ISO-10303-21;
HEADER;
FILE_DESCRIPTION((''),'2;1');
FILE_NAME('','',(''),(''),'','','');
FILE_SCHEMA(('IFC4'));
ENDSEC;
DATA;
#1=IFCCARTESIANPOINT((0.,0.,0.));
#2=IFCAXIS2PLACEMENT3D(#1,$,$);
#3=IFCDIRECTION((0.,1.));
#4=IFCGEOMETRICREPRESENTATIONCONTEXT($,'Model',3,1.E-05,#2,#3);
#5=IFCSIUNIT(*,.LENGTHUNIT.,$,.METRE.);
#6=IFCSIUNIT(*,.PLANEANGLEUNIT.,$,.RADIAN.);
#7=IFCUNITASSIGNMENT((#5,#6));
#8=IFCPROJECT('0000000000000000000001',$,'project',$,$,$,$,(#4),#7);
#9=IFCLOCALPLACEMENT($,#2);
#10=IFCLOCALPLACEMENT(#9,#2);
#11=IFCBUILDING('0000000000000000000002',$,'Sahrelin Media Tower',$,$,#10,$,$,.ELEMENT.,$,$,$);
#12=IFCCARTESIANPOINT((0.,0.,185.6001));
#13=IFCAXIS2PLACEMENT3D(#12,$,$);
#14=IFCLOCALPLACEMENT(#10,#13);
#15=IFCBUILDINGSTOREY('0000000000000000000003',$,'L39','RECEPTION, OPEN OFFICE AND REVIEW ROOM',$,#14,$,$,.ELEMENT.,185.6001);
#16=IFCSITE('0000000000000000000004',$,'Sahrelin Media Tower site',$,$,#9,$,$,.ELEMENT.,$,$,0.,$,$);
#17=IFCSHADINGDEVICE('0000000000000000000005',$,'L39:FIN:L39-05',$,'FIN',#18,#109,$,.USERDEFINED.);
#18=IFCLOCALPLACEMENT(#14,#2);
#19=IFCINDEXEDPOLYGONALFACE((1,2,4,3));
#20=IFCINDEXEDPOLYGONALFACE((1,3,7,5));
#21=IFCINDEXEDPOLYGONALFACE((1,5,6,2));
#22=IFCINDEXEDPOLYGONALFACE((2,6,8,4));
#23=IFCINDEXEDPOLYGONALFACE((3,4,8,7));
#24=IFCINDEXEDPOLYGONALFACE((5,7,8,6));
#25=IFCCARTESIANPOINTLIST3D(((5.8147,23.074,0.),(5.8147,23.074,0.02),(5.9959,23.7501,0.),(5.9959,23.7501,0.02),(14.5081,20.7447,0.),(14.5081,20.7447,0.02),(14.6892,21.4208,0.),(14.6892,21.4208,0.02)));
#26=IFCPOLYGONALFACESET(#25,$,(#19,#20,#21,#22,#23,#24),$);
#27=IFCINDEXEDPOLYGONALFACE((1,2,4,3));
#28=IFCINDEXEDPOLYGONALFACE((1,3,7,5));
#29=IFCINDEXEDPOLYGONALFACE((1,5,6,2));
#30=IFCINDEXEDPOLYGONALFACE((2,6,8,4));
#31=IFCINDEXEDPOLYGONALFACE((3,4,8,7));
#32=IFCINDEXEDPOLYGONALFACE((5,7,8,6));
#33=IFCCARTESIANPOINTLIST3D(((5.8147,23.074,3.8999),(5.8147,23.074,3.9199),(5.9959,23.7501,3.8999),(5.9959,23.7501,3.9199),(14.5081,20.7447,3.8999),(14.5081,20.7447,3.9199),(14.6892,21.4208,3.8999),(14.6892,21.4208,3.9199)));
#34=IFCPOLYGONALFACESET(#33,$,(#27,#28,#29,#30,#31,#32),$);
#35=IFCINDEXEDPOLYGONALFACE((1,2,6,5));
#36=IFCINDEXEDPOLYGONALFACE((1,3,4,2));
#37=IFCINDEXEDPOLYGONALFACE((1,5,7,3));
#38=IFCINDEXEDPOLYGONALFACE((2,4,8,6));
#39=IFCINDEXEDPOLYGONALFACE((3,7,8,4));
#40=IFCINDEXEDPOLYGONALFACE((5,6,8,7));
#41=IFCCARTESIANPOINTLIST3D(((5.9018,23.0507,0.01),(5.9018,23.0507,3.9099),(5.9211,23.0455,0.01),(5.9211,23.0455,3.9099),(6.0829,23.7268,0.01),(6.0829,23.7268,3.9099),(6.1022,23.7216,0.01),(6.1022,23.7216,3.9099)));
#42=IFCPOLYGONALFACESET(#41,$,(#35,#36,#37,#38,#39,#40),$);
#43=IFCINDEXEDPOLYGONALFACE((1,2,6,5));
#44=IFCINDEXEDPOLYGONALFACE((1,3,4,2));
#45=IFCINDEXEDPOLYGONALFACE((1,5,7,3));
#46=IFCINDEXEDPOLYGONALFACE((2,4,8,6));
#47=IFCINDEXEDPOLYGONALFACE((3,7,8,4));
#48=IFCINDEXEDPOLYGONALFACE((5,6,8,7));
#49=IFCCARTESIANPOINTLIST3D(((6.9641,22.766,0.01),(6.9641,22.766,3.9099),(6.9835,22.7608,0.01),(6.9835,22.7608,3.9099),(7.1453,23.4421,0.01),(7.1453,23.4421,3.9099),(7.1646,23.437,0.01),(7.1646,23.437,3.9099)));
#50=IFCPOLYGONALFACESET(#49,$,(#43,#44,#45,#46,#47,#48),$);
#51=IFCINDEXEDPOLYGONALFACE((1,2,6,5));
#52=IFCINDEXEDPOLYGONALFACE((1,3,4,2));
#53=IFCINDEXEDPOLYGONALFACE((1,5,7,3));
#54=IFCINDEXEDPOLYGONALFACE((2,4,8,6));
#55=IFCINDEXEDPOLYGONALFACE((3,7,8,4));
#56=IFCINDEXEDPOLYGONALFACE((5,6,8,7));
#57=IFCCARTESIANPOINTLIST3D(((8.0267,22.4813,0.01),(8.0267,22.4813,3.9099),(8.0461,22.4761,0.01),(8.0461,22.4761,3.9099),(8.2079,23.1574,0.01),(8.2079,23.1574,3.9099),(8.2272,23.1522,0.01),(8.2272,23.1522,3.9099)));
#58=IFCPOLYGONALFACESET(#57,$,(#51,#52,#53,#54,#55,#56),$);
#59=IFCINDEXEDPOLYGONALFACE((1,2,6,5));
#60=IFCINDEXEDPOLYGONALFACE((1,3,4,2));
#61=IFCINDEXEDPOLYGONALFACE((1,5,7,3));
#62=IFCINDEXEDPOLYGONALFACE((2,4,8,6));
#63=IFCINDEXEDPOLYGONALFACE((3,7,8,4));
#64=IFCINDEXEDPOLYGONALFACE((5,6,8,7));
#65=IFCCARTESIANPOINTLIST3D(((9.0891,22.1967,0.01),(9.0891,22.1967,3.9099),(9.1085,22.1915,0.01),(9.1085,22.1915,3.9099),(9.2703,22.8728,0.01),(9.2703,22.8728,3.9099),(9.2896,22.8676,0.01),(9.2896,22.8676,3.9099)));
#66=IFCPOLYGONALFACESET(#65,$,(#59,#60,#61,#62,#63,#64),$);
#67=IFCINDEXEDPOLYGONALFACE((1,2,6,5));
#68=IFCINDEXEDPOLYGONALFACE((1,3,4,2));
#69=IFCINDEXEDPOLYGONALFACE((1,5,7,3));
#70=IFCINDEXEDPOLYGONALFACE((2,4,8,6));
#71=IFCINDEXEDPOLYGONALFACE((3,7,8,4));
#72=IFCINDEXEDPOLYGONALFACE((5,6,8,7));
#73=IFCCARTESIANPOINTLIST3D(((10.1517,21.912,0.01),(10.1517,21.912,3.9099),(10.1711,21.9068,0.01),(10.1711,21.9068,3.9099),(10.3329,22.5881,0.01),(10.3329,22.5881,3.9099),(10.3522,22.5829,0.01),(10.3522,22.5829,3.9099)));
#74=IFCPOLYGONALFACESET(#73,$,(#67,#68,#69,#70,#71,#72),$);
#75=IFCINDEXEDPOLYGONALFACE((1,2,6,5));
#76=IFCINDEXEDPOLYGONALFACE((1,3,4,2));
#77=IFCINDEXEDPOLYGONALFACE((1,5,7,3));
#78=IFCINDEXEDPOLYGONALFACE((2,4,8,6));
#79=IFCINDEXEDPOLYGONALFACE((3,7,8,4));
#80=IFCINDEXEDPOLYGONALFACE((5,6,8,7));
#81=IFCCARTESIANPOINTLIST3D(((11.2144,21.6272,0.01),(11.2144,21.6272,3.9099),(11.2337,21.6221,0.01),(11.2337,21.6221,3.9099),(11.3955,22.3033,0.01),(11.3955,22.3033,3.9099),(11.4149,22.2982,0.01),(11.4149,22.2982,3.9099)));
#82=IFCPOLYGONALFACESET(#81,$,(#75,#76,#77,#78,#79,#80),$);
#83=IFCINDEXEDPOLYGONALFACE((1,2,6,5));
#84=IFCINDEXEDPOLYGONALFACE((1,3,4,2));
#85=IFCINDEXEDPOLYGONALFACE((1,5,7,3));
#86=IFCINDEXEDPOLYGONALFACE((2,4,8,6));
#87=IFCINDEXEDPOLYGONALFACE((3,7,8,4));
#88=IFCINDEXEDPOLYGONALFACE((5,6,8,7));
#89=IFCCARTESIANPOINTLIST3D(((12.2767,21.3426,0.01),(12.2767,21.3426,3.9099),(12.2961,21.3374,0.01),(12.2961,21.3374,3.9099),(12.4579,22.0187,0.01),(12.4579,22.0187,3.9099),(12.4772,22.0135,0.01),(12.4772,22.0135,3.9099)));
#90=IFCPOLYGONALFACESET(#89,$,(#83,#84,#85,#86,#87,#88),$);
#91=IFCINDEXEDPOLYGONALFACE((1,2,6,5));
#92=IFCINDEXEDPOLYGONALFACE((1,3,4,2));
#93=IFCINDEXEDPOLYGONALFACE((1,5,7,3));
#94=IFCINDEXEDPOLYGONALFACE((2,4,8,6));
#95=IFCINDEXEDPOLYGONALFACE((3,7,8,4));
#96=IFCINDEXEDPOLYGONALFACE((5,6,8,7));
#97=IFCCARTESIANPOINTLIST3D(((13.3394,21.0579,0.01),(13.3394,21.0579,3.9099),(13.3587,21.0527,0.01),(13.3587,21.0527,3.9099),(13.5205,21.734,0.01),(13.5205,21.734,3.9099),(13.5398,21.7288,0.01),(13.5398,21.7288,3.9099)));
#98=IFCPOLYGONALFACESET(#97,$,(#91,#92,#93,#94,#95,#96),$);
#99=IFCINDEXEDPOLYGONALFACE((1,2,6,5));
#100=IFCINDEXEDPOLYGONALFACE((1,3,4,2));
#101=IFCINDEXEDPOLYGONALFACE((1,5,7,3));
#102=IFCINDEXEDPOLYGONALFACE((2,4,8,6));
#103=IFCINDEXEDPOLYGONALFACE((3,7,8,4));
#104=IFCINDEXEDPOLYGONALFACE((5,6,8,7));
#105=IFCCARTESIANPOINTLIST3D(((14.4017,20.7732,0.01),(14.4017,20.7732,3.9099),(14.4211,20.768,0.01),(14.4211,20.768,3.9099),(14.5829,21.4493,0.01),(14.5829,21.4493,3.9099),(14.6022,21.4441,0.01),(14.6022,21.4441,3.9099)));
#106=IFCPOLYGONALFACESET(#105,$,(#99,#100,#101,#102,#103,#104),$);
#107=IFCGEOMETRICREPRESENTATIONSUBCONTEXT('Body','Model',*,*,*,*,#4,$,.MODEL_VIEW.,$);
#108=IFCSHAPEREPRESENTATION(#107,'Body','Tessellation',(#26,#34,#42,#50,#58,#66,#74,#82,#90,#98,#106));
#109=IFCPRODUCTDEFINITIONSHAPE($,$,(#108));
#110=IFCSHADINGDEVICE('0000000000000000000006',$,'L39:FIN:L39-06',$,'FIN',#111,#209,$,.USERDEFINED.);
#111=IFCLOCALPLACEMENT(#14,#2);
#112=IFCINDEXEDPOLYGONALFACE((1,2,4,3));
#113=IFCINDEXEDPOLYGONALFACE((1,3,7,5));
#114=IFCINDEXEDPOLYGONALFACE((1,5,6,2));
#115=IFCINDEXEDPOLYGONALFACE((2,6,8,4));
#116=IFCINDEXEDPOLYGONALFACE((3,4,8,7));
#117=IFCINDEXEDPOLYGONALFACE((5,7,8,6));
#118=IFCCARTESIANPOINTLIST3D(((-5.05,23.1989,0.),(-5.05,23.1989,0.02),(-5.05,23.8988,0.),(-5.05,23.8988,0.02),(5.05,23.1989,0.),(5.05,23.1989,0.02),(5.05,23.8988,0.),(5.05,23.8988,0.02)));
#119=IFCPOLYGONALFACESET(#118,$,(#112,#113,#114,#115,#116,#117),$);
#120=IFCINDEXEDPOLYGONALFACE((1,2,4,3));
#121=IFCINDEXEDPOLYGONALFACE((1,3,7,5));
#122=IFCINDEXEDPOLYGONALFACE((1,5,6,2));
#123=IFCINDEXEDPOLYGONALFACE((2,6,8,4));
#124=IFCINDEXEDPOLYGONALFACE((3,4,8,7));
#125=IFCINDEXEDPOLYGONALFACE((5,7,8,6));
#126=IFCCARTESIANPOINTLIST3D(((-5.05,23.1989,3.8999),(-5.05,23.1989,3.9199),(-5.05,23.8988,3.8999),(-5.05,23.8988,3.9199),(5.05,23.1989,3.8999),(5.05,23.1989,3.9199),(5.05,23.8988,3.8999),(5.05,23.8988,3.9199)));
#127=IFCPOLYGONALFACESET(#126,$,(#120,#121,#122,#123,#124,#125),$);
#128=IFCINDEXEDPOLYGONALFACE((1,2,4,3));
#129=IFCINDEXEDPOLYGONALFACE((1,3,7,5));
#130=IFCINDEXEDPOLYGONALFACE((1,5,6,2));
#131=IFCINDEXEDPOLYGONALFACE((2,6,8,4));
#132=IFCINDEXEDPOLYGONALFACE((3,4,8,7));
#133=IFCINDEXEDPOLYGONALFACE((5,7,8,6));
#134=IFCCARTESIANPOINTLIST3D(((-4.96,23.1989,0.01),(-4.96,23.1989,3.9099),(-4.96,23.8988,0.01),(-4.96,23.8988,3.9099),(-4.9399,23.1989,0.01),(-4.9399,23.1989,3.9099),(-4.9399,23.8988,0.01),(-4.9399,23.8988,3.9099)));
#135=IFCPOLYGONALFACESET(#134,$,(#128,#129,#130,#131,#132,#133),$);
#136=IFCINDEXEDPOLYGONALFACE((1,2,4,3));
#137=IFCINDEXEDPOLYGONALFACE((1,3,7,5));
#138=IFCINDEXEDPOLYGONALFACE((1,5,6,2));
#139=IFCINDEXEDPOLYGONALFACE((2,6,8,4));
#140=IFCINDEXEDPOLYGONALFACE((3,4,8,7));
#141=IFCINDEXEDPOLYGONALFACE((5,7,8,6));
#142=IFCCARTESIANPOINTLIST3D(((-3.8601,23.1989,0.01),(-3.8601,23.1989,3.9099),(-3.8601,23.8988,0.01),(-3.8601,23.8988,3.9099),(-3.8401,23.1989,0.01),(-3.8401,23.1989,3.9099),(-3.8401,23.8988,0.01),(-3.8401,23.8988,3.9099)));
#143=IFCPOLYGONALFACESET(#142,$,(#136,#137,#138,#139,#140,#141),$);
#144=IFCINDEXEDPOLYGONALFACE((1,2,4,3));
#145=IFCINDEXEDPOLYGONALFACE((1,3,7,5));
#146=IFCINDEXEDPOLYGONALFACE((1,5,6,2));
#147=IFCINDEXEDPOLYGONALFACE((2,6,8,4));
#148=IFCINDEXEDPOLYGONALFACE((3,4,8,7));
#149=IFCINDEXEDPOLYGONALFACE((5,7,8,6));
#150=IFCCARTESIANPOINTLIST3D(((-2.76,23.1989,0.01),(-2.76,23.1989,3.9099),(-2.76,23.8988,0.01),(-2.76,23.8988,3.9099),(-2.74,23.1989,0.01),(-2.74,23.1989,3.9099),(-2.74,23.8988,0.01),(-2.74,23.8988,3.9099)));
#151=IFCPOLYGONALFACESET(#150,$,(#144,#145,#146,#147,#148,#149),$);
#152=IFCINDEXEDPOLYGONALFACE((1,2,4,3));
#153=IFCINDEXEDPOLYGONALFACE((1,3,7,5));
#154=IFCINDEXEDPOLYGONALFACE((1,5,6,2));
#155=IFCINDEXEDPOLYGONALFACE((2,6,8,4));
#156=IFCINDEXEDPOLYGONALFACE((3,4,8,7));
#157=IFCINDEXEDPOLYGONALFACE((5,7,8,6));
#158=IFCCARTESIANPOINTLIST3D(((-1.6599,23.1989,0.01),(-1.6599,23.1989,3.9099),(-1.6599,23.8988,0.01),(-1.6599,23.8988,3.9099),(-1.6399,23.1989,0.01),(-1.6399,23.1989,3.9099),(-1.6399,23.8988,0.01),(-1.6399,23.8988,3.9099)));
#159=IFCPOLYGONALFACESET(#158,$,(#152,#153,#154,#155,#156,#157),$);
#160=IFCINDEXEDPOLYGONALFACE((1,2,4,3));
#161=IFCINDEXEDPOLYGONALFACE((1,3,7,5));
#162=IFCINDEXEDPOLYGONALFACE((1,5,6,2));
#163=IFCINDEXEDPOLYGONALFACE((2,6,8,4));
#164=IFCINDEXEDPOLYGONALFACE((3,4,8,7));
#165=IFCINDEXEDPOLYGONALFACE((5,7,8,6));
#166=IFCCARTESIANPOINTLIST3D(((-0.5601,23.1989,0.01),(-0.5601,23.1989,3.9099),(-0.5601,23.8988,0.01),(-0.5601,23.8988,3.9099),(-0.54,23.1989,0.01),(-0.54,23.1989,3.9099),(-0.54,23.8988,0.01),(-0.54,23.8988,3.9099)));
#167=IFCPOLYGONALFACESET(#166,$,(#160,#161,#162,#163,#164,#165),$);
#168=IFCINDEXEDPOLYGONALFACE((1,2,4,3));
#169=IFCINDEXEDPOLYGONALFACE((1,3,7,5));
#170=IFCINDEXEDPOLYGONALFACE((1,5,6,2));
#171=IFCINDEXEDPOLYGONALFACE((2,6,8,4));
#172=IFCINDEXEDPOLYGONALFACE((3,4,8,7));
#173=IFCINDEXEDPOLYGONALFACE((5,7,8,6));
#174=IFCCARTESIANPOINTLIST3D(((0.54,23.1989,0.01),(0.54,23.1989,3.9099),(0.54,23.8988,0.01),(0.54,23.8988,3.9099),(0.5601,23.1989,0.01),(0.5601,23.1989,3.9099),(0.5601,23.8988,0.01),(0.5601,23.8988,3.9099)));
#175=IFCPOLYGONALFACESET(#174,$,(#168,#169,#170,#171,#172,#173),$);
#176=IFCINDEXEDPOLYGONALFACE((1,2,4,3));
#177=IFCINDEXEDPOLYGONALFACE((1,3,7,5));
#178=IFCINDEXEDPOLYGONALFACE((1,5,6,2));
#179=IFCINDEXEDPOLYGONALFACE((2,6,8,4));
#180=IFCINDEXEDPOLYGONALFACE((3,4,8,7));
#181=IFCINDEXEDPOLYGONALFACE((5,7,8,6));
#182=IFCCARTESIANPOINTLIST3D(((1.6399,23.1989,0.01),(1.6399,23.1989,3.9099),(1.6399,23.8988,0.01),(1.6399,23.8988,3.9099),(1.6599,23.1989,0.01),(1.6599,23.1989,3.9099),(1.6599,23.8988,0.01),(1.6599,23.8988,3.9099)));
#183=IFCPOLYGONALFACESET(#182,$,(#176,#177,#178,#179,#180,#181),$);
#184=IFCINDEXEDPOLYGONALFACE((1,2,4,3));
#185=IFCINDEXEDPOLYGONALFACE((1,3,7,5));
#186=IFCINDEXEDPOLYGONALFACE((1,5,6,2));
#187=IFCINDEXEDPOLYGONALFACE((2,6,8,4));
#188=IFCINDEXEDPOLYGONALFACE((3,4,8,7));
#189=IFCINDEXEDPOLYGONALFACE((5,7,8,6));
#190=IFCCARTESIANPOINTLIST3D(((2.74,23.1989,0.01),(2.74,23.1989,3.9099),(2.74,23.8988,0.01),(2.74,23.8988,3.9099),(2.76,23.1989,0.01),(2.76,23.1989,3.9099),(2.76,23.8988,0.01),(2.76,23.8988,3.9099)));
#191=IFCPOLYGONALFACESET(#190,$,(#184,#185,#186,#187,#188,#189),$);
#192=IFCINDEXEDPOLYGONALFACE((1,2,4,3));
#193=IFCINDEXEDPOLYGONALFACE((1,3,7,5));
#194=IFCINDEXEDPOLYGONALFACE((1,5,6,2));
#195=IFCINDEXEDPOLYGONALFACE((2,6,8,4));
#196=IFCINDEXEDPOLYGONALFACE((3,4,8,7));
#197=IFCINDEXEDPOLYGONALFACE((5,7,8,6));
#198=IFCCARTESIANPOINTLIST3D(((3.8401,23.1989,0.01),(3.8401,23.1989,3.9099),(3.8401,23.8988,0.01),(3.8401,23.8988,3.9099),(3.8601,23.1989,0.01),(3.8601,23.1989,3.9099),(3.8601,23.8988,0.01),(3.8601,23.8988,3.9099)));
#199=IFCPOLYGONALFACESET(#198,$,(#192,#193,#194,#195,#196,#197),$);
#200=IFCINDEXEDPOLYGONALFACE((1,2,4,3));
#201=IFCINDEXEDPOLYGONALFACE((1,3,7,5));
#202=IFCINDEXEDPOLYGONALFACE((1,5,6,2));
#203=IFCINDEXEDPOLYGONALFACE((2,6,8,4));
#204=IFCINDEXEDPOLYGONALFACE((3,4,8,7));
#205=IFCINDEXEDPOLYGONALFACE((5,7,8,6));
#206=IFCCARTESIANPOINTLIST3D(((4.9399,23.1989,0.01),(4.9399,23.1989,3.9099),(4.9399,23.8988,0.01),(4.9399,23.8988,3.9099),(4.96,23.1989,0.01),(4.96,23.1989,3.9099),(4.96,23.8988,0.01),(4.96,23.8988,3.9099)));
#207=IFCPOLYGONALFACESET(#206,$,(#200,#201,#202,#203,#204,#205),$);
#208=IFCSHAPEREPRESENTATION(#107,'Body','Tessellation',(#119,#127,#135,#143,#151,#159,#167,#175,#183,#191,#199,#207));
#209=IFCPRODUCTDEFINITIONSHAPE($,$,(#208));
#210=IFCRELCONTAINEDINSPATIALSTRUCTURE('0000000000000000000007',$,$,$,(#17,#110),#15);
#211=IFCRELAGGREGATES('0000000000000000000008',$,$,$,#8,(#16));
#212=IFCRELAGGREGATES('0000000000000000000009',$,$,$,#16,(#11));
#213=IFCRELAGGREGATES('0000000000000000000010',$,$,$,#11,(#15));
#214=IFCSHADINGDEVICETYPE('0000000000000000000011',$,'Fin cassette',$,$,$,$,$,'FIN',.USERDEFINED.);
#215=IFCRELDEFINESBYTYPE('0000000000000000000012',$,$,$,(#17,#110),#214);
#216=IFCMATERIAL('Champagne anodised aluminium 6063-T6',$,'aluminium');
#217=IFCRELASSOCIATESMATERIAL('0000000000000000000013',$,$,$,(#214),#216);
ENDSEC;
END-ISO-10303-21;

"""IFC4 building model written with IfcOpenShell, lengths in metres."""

from ifc_helpers import new_model, si_unit, direction, frame, origin, origin_2d, place, context, subcontext, project, spatial, rectangle, extrude, material, type_object, element, save


model = new_model("IFC4")

# Units and contexts
model_context = context("Model", 3, precision=1e-05, world=origin(), true_north=direction((0.0, 1.0)))
body_context = subcontext(model_context, "Body", "Model", "MODEL_VIEW")
ifc_project = project(units=[si_unit("LENGTHUNIT", "METRE"), si_unit("PLANEANGLEUNIT", "RADIAN")], contexts=[model_context])

# Site, building, storey
site_placement = place(None, origin())
site = spatial("IfcSite", under=ifc_project, at=site_placement, Name="Sahrelin Media Tower site", CompositionType="ELEMENT", RefElevation=0.0)
building_placement = place(site_placement, origin())
building = spatial("IfcBuilding", under=site, at=building_placement, Name="Sahrelin Media Tower", CompositionType="ELEMENT")
storey_placement = place(building_placement, frame((0.0, 0.0, 185.6001)))
storey = spatial("IfcBuildingStorey", under=building, at=storey_placement, Name="L39", Description="RECEPTION, OPEN OFFICE AND REVIEW ROOM", CompositionType="ELEMENT", Elevation=185.6001)

# Shared definitions
ifc_material_1 = material(Name="Champagne anodised aluminium 6063-T6", Category="aluminium")
placement_1 = place(storey_placement, frame((0.0, 23.1289, 0.0), z_axis=(0.0, 0.0, 1.0), x_axis=(1.0, 0.0, 0.0)))

# Shading devices
shading_device_type_1 = type_object("IfcShadingDeviceType", Name="Fin cassette", ElementType="FIN", PredefinedType="USERDEFINED", material=ifc_material_1)
placement_2 = place(storey_placement, frame((10.1433, 21.8418, 0.0), z_axis=(0.0, 0.0, 1.0), x_axis=(0.965929, -0.258808, 0.0)))
element("IfcShadingDevice", 1, at=placement_2, inside=storey, type_object=shading_device_type_1, Name="L39:FIN:L39-05", ObjectType="FIN", PredefinedType="USERDEFINED", context=body_context, shape_type="SweptSolid", body=[
    extrude(rectangle(XDim=9.0, YDim=0.7, at=origin_2d()), frame((0.0, 0.4199, 0.0)), (0.0, 0.0, 1.0), 0.02),
    extrude(rectangle(XDim=9.0, YDim=0.7, at=origin_2d()), frame((0.0, 0.4199, 3.8999)), (0.0, 0.0, 1.0), 0.02),
    extrude(rectangle(XDim=0.02, YDim=0.7, at=origin_2d()), frame((-4.3999, 0.4199, 0.01), z_axis=(0.0, 0.0, 1.0), x_axis=(1.0, 0.0, 0.0)), (0.0, 0.0, 1.0), 3.8999),
    extrude(rectangle(XDim=0.02, YDim=0.7, at=origin_2d()), frame((-3.3, 0.4199, 0.01), z_axis=(0.0, 0.0, 1.0), x_axis=(1.0, 0.0, 0.0)), (0.0, 0.0, 1.0), 3.8999),
    extrude(rectangle(XDim=0.02, YDim=0.7, at=origin_2d()), frame((-2.2, 0.4199, 0.01), z_axis=(0.0, 0.0, 1.0), x_axis=(1.0, 0.0, 0.0)), (0.0, 0.0, 1.0), 3.8999),
    extrude(rectangle(XDim=0.02, YDim=0.7, at=origin_2d()), frame((-1.1001, 0.4199, 0.01), z_axis=(0.0, 0.0, 1.0), x_axis=(1.0, 0.0, 0.0)), (0.0, 0.0, 1.0), 3.8999),
    extrude(rectangle(XDim=0.02, YDim=0.7, at=origin_2d()), frame((0.0, 0.4199, 0.01), z_axis=(0.0, 0.0, 1.0), x_axis=(1.0, 0.0, 0.0)), (0.0, 0.0, 1.0), 3.8999),
    extrude(rectangle(XDim=0.02, YDim=0.7, at=origin_2d()), frame((1.1001, 0.4199, 0.01), z_axis=(0.0, 0.0, 1.0), x_axis=(1.0, 0.0, 0.0)), (0.0, 0.0, 1.0), 3.8999),
    extrude(rectangle(XDim=0.02, YDim=0.7, at=origin_2d()), frame((2.2, 0.4199, 0.01), z_axis=(0.0, 0.0, 1.0), x_axis=(1.0, 0.0, 0.0)), (0.0, 0.0, 1.0), 3.8999),
    extrude(rectangle(XDim=0.02, YDim=0.7, at=origin_2d()), frame((3.3, 0.4199, 0.01), z_axis=(0.0, 0.0, 1.0), x_axis=(1.0, 0.0, 0.0)), (0.0, 0.0, 1.0), 3.8999),
    extrude(rectangle(XDim=0.02, YDim=0.7, at=origin_2d()), frame((4.3999, 0.4199, 0.01), z_axis=(0.0, 0.0, 1.0), x_axis=(1.0, 0.0, 0.0)), (0.0, 0.0, 1.0), 3.8999),
])
element("IfcShadingDevice", 2, at=placement_1, inside=storey, type_object=shading_device_type_1, Name="L39:FIN:L39-06", ObjectType="FIN", PredefinedType="USERDEFINED", context=body_context, shape_type="SweptSolid", body=[
    extrude(rectangle(XDim=10.1001, YDim=0.7, at=origin_2d()), frame((0.0, 0.4199, 0.0)), (0.0, 0.0, 1.0), 0.02),
    extrude(rectangle(XDim=10.1001, YDim=0.7, at=origin_2d()), frame((0.0, 0.4199, 3.8999)), (0.0, 0.0, 1.0), 0.02),
    extrude(rectangle(XDim=0.02, YDim=0.7, at=origin_2d()), frame((-4.95, 0.4199, 0.01), z_axis=(0.0, 0.0, 1.0), x_axis=(1.0, 0.0, 0.0)), (0.0, 0.0, 1.0), 3.8999),
    extrude(rectangle(XDim=0.02, YDim=0.7, at=origin_2d()), frame((-3.8501, 0.4199, 0.01), z_axis=(0.0, 0.0, 1.0), x_axis=(1.0, 0.0, 0.0)), (0.0, 0.0, 1.0), 3.8999),
    extrude(rectangle(XDim=0.02, YDim=0.7, at=origin_2d()), frame((-2.75, 0.4199, 0.01), z_axis=(0.0, 0.0, 1.0), x_axis=(1.0, 0.0, 0.0)), (0.0, 0.0, 1.0), 3.8999),
    extrude(rectangle(XDim=0.02, YDim=0.7, at=origin_2d()), frame((-1.6499, 0.4199, 0.01), z_axis=(0.0, 0.0, 1.0), x_axis=(1.0, 0.0, 0.0)), (0.0, 0.0, 1.0), 3.8999),
    extrude(rectangle(XDim=0.02, YDim=0.7, at=origin_2d()), frame((-0.55, 0.4199, 0.01), z_axis=(0.0, 0.0, 1.0), x_axis=(1.0, 0.0, 0.0)), (0.0, 0.0, 1.0), 3.8999),
    extrude(rectangle(XDim=0.02, YDim=0.7, at=origin_2d()), frame((0.55, 0.4199, 0.01), z_axis=(0.0, 0.0, 1.0), x_axis=(1.0, 0.0, 0.0)), (0.0, 0.0, 1.0), 3.8999),
    extrude(rectangle(XDim=0.02, YDim=0.7, at=origin_2d()), frame((1.6499, 0.4199, 0.01), z_axis=(0.0, 0.0, 1.0), x_axis=(1.0, 0.0, 0.0)), (0.0, 0.0, 1.0), 3.8999),
    extrude(rectangle(XDim=0.02, YDim=0.7, at=origin_2d()), frame((2.75, 0.4199, 0.01), z_axis=(0.0, 0.0, 1.0), x_axis=(1.0, 0.0, 0.0)), (0.0, 0.0, 1.0), 3.8999),
    extrude(rectangle(XDim=0.02, YDim=0.7, at=origin_2d()), frame((3.8501, 0.4199, 0.01), z_axis=(0.0, 0.0, 1.0), x_axis=(1.0, 0.0, 0.0)), (0.0, 0.0, 1.0), 3.8999),
    extrude(rectangle(XDim=0.02, YDim=0.7, at=origin_2d()), frame((4.95, 0.4199, 0.01), z_axis=(0.0, 0.0, 1.0), x_axis=(1.0, 0.0, 0.0)), (0.0, 0.0, 1.0), 3.8999),
])

save(model, "model.ifc")
